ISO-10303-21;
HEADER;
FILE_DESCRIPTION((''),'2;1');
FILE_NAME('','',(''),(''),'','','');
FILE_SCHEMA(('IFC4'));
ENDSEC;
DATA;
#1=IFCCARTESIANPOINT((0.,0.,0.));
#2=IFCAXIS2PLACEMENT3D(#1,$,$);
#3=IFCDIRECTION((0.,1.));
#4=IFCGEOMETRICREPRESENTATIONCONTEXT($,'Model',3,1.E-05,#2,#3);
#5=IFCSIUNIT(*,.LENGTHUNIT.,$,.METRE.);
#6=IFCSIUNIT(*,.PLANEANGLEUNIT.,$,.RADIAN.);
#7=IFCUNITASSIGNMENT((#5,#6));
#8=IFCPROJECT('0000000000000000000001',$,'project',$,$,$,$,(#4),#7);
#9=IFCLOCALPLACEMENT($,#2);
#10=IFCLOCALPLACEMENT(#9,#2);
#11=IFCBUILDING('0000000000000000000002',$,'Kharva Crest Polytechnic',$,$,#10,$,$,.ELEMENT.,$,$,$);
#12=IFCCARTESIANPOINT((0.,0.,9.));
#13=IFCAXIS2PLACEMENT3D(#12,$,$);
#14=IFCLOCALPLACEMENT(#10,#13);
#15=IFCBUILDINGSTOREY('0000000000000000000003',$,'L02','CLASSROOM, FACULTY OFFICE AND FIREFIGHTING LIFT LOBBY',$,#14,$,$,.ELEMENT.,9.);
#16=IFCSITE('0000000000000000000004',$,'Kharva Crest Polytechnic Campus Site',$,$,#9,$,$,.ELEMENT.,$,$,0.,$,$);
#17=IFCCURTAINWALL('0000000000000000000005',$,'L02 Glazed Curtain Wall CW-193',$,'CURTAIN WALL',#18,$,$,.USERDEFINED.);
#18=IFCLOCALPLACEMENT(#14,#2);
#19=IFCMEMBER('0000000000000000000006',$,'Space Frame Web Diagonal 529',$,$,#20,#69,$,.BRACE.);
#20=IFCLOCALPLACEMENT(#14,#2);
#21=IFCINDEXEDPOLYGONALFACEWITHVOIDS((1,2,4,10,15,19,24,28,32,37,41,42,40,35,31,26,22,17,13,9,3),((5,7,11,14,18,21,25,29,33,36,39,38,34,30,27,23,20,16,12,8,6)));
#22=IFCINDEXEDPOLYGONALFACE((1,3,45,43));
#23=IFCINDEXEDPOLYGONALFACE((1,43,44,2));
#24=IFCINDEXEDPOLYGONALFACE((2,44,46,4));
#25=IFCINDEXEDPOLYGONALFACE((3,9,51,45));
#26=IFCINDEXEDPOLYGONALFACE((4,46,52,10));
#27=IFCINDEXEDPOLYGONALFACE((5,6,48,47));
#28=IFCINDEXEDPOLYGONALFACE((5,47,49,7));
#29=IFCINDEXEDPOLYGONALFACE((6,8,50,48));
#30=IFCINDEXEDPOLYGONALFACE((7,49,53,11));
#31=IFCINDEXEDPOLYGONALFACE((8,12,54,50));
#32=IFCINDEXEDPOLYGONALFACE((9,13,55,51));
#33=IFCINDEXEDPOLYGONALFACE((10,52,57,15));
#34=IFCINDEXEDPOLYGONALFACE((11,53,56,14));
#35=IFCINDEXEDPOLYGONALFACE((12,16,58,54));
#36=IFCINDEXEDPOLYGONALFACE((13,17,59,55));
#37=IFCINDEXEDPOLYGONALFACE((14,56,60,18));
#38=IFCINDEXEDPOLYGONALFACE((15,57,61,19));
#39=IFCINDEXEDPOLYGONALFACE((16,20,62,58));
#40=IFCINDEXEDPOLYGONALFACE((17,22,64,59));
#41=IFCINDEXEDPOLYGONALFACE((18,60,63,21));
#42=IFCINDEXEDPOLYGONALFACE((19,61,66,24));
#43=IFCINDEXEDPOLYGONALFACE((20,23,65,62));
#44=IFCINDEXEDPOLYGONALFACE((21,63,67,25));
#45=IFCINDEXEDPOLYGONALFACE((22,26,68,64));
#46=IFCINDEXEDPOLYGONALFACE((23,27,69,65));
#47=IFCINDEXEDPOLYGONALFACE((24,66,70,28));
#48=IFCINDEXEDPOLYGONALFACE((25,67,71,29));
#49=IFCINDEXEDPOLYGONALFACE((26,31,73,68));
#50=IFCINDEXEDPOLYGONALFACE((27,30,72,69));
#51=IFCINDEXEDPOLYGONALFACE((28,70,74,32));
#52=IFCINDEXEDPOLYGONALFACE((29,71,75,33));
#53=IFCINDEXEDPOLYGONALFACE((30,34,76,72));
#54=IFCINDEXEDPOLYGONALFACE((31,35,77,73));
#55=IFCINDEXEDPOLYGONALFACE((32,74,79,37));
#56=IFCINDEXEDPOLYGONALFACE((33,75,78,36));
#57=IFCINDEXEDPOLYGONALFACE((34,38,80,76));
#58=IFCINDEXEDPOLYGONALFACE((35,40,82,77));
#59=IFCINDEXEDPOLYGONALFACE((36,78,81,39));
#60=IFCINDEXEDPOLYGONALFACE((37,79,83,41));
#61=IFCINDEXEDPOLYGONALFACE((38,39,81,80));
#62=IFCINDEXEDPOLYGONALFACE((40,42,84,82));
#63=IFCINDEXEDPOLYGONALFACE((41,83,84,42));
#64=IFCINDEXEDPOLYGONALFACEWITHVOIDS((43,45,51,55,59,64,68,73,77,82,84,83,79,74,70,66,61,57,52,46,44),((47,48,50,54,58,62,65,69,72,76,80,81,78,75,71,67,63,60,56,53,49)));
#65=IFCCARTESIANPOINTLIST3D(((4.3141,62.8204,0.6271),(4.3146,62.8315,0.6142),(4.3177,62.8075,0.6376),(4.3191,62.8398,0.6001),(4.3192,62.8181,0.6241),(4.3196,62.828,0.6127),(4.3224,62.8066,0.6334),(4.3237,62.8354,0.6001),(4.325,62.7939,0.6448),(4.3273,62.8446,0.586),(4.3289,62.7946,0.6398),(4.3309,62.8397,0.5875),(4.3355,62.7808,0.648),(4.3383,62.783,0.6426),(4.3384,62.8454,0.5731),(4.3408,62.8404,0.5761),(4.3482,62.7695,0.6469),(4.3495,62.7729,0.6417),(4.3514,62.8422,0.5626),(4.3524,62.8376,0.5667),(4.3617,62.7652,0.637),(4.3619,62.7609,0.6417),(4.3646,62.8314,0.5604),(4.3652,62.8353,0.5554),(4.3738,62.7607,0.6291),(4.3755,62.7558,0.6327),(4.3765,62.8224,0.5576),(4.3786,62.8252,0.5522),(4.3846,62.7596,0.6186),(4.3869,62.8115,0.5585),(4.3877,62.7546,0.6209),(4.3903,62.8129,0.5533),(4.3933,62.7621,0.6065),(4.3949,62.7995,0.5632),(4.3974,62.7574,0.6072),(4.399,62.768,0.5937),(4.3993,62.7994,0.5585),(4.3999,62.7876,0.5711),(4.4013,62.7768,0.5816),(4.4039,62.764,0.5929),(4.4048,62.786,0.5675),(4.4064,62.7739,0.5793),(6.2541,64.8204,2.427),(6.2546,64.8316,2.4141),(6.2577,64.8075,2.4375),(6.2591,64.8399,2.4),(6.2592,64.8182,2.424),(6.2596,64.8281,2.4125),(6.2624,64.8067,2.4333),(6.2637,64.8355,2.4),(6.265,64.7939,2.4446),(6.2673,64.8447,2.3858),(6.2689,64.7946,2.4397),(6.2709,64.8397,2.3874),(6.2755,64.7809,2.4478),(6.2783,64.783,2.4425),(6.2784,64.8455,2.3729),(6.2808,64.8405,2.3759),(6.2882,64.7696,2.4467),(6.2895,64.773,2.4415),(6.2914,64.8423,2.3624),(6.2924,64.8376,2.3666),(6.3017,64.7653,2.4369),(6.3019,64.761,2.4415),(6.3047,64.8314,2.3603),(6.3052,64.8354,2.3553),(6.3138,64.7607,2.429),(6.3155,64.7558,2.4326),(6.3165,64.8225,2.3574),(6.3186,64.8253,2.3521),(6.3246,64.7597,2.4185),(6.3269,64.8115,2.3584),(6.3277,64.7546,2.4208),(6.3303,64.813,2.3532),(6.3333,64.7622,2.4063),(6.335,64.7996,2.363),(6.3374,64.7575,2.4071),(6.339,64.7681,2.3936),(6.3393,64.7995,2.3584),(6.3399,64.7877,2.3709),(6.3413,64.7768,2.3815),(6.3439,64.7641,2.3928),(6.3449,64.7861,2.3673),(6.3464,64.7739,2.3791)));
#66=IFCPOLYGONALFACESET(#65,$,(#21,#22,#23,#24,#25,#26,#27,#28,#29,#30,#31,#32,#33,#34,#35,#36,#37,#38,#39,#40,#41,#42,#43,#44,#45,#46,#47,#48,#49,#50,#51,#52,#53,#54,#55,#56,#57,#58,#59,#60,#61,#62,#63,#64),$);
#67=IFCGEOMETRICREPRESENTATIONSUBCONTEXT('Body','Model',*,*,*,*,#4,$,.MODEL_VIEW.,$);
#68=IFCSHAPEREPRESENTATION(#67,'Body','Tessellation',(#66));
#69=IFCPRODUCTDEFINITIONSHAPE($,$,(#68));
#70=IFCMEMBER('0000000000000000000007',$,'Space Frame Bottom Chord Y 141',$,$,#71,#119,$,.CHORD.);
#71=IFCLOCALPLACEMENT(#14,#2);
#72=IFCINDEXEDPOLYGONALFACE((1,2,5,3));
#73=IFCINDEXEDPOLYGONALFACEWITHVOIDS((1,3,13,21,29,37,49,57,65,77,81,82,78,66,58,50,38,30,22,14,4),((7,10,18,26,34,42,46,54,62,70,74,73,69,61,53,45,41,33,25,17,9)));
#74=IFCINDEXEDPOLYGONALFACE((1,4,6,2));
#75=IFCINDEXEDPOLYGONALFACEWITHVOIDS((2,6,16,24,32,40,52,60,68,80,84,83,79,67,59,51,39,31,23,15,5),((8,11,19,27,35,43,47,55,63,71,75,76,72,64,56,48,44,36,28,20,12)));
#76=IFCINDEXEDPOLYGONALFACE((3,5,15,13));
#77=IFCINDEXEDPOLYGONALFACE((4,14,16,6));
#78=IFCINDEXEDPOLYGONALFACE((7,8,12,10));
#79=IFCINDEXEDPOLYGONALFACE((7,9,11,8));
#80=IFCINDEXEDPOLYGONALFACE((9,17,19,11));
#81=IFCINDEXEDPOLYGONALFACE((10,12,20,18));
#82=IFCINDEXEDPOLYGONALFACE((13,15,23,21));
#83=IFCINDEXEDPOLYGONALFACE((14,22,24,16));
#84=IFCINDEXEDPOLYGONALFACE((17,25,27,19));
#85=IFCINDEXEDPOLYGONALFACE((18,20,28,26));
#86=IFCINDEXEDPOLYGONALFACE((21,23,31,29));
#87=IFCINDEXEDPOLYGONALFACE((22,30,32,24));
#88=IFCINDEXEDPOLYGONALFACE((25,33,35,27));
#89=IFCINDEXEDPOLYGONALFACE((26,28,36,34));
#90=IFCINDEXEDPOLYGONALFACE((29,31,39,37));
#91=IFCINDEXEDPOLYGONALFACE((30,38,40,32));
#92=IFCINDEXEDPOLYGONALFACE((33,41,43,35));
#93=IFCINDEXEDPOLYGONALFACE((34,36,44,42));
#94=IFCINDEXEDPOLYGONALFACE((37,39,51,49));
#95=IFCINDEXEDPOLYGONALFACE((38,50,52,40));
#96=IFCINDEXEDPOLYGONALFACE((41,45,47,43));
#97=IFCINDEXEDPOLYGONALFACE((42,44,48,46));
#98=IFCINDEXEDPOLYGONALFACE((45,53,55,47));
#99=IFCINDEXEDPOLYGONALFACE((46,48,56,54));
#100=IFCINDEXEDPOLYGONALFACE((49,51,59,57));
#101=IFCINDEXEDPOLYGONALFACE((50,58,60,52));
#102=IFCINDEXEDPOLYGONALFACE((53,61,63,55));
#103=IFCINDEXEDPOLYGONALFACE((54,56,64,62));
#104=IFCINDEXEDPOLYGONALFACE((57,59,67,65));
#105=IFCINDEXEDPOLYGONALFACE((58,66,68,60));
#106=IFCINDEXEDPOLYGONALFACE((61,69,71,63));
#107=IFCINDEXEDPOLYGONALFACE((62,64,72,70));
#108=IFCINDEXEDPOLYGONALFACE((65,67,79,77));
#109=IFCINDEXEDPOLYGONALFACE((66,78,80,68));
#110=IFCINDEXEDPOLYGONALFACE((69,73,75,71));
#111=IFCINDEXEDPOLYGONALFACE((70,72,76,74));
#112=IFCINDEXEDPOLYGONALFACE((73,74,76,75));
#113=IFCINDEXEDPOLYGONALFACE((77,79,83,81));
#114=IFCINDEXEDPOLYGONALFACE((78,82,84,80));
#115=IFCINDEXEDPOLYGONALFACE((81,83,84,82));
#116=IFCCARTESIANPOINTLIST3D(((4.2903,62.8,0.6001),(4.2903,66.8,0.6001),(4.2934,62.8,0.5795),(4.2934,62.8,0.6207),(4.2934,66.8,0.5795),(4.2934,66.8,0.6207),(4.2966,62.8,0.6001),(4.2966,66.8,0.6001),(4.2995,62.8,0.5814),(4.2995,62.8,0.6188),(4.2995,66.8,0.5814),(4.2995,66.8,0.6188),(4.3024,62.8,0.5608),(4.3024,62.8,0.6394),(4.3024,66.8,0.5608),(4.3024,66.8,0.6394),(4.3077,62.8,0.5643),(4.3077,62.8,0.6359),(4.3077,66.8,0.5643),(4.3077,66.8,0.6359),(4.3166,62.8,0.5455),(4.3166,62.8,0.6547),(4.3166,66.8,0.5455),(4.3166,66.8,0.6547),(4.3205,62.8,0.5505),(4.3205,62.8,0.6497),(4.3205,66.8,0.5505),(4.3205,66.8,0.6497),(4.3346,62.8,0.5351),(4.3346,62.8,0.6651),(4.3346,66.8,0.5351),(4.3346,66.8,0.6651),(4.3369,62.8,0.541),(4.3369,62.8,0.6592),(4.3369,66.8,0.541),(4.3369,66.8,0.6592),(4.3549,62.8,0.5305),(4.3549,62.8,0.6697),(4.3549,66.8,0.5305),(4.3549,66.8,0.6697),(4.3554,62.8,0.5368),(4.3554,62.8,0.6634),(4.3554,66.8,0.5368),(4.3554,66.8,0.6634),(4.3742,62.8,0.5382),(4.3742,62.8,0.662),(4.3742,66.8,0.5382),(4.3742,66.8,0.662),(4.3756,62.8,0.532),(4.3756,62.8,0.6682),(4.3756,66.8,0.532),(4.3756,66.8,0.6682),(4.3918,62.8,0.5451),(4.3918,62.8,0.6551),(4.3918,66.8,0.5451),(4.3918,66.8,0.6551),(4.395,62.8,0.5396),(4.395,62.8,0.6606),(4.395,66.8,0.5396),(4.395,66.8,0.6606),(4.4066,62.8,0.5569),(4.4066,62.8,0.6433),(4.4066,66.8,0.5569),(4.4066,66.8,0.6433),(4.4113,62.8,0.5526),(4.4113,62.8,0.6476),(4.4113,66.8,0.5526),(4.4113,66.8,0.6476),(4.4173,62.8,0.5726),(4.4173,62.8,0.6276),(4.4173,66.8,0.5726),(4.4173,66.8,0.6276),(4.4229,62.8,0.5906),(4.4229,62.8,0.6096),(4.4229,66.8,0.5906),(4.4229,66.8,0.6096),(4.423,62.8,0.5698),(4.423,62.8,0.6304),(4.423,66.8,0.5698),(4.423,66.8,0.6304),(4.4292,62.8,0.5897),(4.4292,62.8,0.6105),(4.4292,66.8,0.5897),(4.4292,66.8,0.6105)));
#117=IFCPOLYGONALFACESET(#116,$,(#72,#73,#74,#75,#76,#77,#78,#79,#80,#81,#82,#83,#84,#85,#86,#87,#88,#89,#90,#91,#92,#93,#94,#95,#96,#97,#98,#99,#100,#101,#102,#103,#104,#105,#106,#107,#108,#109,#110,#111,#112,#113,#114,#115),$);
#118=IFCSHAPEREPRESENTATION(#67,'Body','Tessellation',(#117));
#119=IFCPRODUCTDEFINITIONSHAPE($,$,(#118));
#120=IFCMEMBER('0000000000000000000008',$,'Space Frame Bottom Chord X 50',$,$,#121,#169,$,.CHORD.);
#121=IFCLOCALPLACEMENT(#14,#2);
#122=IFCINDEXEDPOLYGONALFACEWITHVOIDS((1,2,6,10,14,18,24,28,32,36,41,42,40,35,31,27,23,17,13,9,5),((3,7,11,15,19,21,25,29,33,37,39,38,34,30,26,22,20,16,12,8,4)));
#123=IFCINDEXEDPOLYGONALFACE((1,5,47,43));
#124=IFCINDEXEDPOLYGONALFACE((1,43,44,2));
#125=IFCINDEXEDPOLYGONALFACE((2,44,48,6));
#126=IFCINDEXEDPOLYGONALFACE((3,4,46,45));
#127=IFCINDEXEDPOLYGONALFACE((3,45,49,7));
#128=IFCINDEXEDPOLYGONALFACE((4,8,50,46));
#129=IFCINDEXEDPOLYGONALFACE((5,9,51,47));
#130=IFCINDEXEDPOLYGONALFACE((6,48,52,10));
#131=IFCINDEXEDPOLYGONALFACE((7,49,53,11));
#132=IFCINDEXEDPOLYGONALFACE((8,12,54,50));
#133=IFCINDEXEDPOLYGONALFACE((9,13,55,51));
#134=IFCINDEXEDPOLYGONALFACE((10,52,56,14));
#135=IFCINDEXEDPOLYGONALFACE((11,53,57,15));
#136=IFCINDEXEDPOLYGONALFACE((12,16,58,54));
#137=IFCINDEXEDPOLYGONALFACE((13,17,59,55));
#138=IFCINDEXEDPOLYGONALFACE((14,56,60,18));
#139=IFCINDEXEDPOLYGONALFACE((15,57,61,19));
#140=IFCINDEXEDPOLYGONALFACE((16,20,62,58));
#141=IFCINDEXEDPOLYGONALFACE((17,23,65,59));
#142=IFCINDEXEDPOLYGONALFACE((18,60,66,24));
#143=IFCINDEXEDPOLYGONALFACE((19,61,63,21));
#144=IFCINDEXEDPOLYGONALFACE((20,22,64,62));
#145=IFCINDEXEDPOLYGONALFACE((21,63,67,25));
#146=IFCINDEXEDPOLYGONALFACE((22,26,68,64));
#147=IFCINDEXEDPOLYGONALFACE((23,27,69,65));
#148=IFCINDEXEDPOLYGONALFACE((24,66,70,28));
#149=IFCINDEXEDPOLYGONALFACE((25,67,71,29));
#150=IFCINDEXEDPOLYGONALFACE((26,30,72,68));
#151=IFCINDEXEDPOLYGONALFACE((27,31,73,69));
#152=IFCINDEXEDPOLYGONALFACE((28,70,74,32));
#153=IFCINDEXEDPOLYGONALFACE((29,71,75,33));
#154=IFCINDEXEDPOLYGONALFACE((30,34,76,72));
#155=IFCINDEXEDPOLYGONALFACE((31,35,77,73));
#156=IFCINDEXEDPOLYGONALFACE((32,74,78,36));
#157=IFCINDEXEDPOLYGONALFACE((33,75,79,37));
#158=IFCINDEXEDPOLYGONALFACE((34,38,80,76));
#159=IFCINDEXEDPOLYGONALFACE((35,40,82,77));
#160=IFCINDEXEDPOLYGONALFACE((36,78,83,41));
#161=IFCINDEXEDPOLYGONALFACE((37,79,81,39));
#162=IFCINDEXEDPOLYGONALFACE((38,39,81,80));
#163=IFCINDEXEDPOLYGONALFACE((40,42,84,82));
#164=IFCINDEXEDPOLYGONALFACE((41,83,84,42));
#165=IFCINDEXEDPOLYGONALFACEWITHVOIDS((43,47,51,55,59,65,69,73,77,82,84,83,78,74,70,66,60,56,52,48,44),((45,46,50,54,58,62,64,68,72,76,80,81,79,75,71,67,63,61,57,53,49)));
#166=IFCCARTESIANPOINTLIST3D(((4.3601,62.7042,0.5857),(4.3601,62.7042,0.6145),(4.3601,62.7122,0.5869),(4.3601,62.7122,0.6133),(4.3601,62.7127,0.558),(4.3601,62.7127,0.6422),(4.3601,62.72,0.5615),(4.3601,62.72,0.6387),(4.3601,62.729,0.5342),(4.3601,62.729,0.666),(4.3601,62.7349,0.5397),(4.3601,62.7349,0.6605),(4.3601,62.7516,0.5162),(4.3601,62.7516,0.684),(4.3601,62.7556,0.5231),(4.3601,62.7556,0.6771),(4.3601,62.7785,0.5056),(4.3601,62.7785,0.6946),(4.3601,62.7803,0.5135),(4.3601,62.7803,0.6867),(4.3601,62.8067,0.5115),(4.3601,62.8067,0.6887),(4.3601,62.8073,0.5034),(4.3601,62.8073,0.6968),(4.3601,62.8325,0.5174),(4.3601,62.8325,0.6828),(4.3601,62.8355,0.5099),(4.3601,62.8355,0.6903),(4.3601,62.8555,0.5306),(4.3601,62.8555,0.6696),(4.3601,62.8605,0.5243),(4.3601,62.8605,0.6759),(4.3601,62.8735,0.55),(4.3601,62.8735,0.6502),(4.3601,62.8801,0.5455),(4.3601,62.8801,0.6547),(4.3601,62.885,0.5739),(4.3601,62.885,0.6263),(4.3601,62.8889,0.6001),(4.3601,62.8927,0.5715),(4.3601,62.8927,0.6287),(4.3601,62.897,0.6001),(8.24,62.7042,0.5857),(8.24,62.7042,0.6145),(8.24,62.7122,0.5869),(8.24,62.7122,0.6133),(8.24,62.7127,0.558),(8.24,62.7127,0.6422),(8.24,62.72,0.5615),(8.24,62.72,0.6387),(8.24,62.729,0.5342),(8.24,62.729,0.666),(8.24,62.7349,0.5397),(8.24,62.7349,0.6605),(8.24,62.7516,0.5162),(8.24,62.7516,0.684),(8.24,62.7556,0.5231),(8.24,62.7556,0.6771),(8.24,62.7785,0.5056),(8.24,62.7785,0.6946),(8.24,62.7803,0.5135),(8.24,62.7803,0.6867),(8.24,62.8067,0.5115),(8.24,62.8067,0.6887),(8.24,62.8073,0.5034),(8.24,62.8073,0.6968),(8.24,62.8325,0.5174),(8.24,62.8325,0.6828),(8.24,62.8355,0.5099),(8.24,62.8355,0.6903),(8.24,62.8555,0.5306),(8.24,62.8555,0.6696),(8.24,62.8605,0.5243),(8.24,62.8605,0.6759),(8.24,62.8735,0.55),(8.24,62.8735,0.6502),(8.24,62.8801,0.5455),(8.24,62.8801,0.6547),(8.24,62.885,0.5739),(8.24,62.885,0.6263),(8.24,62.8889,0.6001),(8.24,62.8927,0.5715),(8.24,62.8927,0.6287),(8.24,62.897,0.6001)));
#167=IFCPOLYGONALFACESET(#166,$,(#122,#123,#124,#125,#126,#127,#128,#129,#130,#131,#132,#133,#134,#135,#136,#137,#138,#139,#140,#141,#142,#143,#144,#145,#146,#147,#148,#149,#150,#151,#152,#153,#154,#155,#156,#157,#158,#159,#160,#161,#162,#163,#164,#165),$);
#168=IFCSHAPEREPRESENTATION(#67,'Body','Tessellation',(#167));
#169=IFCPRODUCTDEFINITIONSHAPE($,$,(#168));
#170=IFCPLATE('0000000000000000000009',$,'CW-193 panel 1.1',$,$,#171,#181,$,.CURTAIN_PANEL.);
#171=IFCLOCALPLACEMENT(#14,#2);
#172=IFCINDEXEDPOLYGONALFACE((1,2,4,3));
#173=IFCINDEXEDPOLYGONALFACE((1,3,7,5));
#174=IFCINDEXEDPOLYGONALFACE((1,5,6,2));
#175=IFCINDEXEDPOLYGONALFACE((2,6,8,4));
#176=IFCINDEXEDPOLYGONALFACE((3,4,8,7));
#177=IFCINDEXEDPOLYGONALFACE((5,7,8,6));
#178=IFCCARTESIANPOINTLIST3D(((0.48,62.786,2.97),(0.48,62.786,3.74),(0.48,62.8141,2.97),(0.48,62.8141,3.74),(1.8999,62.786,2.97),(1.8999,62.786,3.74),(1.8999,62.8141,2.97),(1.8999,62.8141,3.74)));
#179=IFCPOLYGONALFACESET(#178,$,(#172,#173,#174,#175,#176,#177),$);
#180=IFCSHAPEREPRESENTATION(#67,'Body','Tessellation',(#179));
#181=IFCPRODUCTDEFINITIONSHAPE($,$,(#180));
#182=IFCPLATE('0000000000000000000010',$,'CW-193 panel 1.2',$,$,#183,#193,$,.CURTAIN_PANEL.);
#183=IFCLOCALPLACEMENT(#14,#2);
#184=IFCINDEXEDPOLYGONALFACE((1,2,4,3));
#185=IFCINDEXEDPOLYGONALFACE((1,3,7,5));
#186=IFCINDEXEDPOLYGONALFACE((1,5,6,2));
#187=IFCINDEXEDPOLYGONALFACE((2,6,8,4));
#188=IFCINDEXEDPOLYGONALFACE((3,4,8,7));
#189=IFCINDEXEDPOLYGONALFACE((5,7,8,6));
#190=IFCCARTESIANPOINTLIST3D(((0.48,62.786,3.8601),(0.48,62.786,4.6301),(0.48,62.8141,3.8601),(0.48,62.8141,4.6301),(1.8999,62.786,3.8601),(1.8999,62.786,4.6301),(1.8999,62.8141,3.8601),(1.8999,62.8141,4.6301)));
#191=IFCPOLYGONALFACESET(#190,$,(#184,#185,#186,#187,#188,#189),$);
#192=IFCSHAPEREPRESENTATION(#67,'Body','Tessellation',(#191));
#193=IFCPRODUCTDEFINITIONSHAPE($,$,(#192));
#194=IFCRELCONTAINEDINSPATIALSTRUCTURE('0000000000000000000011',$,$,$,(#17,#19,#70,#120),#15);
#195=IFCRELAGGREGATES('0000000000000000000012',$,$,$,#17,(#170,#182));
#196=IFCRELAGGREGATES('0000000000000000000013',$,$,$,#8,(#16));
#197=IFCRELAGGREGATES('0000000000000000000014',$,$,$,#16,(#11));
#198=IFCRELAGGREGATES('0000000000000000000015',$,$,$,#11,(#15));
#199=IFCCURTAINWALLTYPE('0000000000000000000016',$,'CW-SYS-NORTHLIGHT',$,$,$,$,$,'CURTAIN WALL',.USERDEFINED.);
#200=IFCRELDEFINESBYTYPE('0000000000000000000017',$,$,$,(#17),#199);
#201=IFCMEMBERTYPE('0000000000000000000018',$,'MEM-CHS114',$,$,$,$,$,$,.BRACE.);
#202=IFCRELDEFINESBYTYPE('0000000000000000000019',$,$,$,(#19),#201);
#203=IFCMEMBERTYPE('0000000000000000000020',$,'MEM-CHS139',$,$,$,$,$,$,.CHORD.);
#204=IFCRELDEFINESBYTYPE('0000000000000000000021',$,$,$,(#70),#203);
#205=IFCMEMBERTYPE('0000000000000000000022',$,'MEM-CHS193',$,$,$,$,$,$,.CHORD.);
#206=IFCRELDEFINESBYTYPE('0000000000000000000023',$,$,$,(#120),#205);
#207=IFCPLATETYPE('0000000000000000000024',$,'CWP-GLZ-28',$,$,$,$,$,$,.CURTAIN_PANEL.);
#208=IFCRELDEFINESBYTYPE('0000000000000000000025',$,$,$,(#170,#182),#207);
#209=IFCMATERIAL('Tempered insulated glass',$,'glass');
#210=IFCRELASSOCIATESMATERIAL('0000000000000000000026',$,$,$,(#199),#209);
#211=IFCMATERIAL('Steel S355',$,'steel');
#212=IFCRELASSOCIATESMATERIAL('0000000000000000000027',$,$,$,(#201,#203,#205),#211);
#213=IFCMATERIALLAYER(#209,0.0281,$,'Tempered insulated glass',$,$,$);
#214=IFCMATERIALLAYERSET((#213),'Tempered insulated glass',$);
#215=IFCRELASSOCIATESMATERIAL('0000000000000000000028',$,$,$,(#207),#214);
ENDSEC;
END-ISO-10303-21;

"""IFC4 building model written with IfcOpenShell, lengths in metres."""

from ifc_helpers import new_model, si_unit, direction, frame, origin, origin_2d, place, context, subcontext, project, spatial, rectangle, hollow_circle, extrude, material, layer, layer_set, material_profile, profile_set, type_object, element, aggregate, save


model = new_model("IFC4")

# Units and contexts
model_context = context("Model", 3, precision=1e-05, world=origin(), true_north=direction((0.0, 1.0)))
body_context = subcontext(model_context, "Body", "Model", "MODEL_VIEW")
ifc_project = project(units=[si_unit("LENGTHUNIT", "METRE"), si_unit("PLANEANGLEUNIT", "RADIAN")], contexts=[model_context])

# Site, building, storey
site_placement = place(None, origin())
site = spatial("IfcSite", under=ifc_project, at=site_placement, Name="Kharva Crest Polytechnic Campus Site", CompositionType="ELEMENT", RefElevation=0.0)
building_placement = place(site_placement, origin())
building = spatial("IfcBuilding", under=site, at=building_placement, Name="Kharva Crest Polytechnic", CompositionType="ELEMENT")
storey_placement = place(building_placement, frame((0.0, 0.0, 9.0)))
storey = spatial("IfcBuildingStorey", under=building, at=storey_placement, Name="L02", Description="CLASSROOM, FACULTY OFFICE AND FIREFIGHTING LIFT LOBBY", CompositionType="ELEMENT", Elevation=9.0)

# Curtain wall
ifc_material_1 = material(Name="Tempered insulated glass", Category="glass")
curtain_wall_type = type_object("IfcCurtainWallType", Name="CW-SYS-NORTHLIGHT", ElementType="CURTAIN WALL", PredefinedType="USERDEFINED", material=ifc_material_1)
curtain_wall_placement = place(storey_placement, origin())
curtain_wall = element("IfcCurtainWall", 1, at=curtain_wall_placement, inside=storey, type_object=curtain_wall_type, Name="L02 Glazed Curtain Wall CW-193", ObjectType="CURTAIN WALL", PredefinedType="USERDEFINED")
ifc_material_2 = material(Name="Steel S355", Category="steel")

# Members
ifc_material_profile_1 = material_profile(ifc_material_2, hollow_circle(Radius=0.0571, WallThickness=0.0063, at=origin_2d()), Name="CHS 114.3X6.3")
ifc_profile_set_1 = profile_set([ifc_material_profile_1], Name="Steel S355")
member_type_1 = type_object("IfcMemberType", Name="MEM-CHS114", PredefinedType="BRACE", material=ifc_profile_set_1)
for number, where, z_axis, x_axis, name in (
    (2, (4.3601, 62.8, 0.6001), (0.584843, 0.60295, 0.542596), (-0.717802, 0.696247, 0.0), "Space Frame Web Diagonal 529"),
):
    element("IfcMember", number, at=place(storey_placement, frame(where, z_axis=z_axis, x_axis=x_axis)), inside=storey, type_object=member_type_1, Name=name, PredefinedType="BRACE", context=body_context, shape_type="SweptSolid", body=[
        extrude(hollow_circle(Radius=0.0571, WallThickness=0.0063, at=origin_2d()), origin(), (0.0, 0.0, 1.0), 3.3171),
    ])
ifc_material_profile_2 = material_profile(ifc_material_2, hollow_circle(Radius=0.0698, WallThickness=0.0063, at=origin_2d()), Name="CHS 139.7X6.3")
ifc_profile_set_2 = profile_set([ifc_material_profile_2], Name="Steel S355")
member_type_2 = type_object("IfcMemberType", Name="MEM-CHS139", PredefinedType="CHORD", material=ifc_profile_set_2)
member_1_placement = place(storey_placement, frame((4.3601, 62.8, 0.6001), z_axis=(0.0, 1.0, 0.0), x_axis=(-1.0, 0.0, 0.0)))
element("IfcMember", 3, at=member_1_placement, inside=storey, type_object=member_type_2, Name="Space Frame Bottom Chord Y 141", PredefinedType="CHORD", context=body_context, shape_type="SweptSolid", body=[
    extrude(hollow_circle(Radius=0.0698, WallThickness=0.0063, at=origin_2d()), origin(), (0.0, 0.0, 1.0), 4.0),
])
ifc_material_profile_3 = material_profile(ifc_material_2, hollow_circle(Radius=0.0969, WallThickness=0.0081, at=origin_2d()), Name="CHS 193.7X8.0")
ifc_profile_set_3 = profile_set([ifc_material_profile_3], Name="Steel S355")
member_type_3 = type_object("IfcMemberType", Name="MEM-CHS193", PredefinedType="CHORD", material=ifc_profile_set_3)
member_2_placement = place(storey_placement, frame((4.3601, 62.8, 0.6001), z_axis=(1.0, 0.0, 0.0), x_axis=(0.0, 1.0, 0.0)))
element("IfcMember", 4, at=member_2_placement, inside=storey, type_object=member_type_3, Name="Space Frame Bottom Chord X 50", PredefinedType="CHORD", context=body_context, shape_type="SweptSolid", body=[
    extrude(hollow_circle(Radius=0.0969, WallThickness=0.0081, at=origin_2d()), origin(), (0.0, 0.0, 1.0), 3.8799),
])

# Plates
ifc_layer = layer(ifc_material_1, 0.0281, Name="Tempered insulated glass")
ifc_layer_set = layer_set([ifc_layer], Name="Tempered insulated glass")
plate_type = type_object("IfcPlateType", Name="CWP-GLZ-28", PredefinedType="CURTAIN_PANEL", material=ifc_layer_set)
plate_1_placement = place(storey_placement, frame((1.1899, 62.8, 2.97), z_axis=(0.0, 0.0, 1.0), x_axis=(1.0, 0.0, 0.0)))
plate_1 = element("IfcPlate", 5, at=plate_1_placement, type_object=plate_type, Name="CW-193 panel 1.1", PredefinedType="CURTAIN_PANEL", context=body_context, shape_type="SweptSolid", body=[
    extrude(rectangle(XDim=1.4199, YDim=0.0281, at=origin_2d()), origin(), (0.0, 0.0, 1.0), 0.77),
])
plate_2_placement = place(storey_placement, frame((1.1899, 62.8, 3.8601), z_axis=(0.0, 0.0, 1.0), x_axis=(1.0, 0.0, 0.0)))
plate_2 = element("IfcPlate", 6, at=plate_2_placement, type_object=plate_type, Name="CW-193 panel 1.2", PredefinedType="CURTAIN_PANEL", context=body_context, shape_type="SweptSolid", body=[
    extrude(rectangle(XDim=1.4199, YDim=0.0281, at=origin_2d()), origin(), (0.0, 0.0, 1.0), 0.77),
])
aggregate(curtain_wall, [plate_1, plate_2])

save(model, "model.ifc")
